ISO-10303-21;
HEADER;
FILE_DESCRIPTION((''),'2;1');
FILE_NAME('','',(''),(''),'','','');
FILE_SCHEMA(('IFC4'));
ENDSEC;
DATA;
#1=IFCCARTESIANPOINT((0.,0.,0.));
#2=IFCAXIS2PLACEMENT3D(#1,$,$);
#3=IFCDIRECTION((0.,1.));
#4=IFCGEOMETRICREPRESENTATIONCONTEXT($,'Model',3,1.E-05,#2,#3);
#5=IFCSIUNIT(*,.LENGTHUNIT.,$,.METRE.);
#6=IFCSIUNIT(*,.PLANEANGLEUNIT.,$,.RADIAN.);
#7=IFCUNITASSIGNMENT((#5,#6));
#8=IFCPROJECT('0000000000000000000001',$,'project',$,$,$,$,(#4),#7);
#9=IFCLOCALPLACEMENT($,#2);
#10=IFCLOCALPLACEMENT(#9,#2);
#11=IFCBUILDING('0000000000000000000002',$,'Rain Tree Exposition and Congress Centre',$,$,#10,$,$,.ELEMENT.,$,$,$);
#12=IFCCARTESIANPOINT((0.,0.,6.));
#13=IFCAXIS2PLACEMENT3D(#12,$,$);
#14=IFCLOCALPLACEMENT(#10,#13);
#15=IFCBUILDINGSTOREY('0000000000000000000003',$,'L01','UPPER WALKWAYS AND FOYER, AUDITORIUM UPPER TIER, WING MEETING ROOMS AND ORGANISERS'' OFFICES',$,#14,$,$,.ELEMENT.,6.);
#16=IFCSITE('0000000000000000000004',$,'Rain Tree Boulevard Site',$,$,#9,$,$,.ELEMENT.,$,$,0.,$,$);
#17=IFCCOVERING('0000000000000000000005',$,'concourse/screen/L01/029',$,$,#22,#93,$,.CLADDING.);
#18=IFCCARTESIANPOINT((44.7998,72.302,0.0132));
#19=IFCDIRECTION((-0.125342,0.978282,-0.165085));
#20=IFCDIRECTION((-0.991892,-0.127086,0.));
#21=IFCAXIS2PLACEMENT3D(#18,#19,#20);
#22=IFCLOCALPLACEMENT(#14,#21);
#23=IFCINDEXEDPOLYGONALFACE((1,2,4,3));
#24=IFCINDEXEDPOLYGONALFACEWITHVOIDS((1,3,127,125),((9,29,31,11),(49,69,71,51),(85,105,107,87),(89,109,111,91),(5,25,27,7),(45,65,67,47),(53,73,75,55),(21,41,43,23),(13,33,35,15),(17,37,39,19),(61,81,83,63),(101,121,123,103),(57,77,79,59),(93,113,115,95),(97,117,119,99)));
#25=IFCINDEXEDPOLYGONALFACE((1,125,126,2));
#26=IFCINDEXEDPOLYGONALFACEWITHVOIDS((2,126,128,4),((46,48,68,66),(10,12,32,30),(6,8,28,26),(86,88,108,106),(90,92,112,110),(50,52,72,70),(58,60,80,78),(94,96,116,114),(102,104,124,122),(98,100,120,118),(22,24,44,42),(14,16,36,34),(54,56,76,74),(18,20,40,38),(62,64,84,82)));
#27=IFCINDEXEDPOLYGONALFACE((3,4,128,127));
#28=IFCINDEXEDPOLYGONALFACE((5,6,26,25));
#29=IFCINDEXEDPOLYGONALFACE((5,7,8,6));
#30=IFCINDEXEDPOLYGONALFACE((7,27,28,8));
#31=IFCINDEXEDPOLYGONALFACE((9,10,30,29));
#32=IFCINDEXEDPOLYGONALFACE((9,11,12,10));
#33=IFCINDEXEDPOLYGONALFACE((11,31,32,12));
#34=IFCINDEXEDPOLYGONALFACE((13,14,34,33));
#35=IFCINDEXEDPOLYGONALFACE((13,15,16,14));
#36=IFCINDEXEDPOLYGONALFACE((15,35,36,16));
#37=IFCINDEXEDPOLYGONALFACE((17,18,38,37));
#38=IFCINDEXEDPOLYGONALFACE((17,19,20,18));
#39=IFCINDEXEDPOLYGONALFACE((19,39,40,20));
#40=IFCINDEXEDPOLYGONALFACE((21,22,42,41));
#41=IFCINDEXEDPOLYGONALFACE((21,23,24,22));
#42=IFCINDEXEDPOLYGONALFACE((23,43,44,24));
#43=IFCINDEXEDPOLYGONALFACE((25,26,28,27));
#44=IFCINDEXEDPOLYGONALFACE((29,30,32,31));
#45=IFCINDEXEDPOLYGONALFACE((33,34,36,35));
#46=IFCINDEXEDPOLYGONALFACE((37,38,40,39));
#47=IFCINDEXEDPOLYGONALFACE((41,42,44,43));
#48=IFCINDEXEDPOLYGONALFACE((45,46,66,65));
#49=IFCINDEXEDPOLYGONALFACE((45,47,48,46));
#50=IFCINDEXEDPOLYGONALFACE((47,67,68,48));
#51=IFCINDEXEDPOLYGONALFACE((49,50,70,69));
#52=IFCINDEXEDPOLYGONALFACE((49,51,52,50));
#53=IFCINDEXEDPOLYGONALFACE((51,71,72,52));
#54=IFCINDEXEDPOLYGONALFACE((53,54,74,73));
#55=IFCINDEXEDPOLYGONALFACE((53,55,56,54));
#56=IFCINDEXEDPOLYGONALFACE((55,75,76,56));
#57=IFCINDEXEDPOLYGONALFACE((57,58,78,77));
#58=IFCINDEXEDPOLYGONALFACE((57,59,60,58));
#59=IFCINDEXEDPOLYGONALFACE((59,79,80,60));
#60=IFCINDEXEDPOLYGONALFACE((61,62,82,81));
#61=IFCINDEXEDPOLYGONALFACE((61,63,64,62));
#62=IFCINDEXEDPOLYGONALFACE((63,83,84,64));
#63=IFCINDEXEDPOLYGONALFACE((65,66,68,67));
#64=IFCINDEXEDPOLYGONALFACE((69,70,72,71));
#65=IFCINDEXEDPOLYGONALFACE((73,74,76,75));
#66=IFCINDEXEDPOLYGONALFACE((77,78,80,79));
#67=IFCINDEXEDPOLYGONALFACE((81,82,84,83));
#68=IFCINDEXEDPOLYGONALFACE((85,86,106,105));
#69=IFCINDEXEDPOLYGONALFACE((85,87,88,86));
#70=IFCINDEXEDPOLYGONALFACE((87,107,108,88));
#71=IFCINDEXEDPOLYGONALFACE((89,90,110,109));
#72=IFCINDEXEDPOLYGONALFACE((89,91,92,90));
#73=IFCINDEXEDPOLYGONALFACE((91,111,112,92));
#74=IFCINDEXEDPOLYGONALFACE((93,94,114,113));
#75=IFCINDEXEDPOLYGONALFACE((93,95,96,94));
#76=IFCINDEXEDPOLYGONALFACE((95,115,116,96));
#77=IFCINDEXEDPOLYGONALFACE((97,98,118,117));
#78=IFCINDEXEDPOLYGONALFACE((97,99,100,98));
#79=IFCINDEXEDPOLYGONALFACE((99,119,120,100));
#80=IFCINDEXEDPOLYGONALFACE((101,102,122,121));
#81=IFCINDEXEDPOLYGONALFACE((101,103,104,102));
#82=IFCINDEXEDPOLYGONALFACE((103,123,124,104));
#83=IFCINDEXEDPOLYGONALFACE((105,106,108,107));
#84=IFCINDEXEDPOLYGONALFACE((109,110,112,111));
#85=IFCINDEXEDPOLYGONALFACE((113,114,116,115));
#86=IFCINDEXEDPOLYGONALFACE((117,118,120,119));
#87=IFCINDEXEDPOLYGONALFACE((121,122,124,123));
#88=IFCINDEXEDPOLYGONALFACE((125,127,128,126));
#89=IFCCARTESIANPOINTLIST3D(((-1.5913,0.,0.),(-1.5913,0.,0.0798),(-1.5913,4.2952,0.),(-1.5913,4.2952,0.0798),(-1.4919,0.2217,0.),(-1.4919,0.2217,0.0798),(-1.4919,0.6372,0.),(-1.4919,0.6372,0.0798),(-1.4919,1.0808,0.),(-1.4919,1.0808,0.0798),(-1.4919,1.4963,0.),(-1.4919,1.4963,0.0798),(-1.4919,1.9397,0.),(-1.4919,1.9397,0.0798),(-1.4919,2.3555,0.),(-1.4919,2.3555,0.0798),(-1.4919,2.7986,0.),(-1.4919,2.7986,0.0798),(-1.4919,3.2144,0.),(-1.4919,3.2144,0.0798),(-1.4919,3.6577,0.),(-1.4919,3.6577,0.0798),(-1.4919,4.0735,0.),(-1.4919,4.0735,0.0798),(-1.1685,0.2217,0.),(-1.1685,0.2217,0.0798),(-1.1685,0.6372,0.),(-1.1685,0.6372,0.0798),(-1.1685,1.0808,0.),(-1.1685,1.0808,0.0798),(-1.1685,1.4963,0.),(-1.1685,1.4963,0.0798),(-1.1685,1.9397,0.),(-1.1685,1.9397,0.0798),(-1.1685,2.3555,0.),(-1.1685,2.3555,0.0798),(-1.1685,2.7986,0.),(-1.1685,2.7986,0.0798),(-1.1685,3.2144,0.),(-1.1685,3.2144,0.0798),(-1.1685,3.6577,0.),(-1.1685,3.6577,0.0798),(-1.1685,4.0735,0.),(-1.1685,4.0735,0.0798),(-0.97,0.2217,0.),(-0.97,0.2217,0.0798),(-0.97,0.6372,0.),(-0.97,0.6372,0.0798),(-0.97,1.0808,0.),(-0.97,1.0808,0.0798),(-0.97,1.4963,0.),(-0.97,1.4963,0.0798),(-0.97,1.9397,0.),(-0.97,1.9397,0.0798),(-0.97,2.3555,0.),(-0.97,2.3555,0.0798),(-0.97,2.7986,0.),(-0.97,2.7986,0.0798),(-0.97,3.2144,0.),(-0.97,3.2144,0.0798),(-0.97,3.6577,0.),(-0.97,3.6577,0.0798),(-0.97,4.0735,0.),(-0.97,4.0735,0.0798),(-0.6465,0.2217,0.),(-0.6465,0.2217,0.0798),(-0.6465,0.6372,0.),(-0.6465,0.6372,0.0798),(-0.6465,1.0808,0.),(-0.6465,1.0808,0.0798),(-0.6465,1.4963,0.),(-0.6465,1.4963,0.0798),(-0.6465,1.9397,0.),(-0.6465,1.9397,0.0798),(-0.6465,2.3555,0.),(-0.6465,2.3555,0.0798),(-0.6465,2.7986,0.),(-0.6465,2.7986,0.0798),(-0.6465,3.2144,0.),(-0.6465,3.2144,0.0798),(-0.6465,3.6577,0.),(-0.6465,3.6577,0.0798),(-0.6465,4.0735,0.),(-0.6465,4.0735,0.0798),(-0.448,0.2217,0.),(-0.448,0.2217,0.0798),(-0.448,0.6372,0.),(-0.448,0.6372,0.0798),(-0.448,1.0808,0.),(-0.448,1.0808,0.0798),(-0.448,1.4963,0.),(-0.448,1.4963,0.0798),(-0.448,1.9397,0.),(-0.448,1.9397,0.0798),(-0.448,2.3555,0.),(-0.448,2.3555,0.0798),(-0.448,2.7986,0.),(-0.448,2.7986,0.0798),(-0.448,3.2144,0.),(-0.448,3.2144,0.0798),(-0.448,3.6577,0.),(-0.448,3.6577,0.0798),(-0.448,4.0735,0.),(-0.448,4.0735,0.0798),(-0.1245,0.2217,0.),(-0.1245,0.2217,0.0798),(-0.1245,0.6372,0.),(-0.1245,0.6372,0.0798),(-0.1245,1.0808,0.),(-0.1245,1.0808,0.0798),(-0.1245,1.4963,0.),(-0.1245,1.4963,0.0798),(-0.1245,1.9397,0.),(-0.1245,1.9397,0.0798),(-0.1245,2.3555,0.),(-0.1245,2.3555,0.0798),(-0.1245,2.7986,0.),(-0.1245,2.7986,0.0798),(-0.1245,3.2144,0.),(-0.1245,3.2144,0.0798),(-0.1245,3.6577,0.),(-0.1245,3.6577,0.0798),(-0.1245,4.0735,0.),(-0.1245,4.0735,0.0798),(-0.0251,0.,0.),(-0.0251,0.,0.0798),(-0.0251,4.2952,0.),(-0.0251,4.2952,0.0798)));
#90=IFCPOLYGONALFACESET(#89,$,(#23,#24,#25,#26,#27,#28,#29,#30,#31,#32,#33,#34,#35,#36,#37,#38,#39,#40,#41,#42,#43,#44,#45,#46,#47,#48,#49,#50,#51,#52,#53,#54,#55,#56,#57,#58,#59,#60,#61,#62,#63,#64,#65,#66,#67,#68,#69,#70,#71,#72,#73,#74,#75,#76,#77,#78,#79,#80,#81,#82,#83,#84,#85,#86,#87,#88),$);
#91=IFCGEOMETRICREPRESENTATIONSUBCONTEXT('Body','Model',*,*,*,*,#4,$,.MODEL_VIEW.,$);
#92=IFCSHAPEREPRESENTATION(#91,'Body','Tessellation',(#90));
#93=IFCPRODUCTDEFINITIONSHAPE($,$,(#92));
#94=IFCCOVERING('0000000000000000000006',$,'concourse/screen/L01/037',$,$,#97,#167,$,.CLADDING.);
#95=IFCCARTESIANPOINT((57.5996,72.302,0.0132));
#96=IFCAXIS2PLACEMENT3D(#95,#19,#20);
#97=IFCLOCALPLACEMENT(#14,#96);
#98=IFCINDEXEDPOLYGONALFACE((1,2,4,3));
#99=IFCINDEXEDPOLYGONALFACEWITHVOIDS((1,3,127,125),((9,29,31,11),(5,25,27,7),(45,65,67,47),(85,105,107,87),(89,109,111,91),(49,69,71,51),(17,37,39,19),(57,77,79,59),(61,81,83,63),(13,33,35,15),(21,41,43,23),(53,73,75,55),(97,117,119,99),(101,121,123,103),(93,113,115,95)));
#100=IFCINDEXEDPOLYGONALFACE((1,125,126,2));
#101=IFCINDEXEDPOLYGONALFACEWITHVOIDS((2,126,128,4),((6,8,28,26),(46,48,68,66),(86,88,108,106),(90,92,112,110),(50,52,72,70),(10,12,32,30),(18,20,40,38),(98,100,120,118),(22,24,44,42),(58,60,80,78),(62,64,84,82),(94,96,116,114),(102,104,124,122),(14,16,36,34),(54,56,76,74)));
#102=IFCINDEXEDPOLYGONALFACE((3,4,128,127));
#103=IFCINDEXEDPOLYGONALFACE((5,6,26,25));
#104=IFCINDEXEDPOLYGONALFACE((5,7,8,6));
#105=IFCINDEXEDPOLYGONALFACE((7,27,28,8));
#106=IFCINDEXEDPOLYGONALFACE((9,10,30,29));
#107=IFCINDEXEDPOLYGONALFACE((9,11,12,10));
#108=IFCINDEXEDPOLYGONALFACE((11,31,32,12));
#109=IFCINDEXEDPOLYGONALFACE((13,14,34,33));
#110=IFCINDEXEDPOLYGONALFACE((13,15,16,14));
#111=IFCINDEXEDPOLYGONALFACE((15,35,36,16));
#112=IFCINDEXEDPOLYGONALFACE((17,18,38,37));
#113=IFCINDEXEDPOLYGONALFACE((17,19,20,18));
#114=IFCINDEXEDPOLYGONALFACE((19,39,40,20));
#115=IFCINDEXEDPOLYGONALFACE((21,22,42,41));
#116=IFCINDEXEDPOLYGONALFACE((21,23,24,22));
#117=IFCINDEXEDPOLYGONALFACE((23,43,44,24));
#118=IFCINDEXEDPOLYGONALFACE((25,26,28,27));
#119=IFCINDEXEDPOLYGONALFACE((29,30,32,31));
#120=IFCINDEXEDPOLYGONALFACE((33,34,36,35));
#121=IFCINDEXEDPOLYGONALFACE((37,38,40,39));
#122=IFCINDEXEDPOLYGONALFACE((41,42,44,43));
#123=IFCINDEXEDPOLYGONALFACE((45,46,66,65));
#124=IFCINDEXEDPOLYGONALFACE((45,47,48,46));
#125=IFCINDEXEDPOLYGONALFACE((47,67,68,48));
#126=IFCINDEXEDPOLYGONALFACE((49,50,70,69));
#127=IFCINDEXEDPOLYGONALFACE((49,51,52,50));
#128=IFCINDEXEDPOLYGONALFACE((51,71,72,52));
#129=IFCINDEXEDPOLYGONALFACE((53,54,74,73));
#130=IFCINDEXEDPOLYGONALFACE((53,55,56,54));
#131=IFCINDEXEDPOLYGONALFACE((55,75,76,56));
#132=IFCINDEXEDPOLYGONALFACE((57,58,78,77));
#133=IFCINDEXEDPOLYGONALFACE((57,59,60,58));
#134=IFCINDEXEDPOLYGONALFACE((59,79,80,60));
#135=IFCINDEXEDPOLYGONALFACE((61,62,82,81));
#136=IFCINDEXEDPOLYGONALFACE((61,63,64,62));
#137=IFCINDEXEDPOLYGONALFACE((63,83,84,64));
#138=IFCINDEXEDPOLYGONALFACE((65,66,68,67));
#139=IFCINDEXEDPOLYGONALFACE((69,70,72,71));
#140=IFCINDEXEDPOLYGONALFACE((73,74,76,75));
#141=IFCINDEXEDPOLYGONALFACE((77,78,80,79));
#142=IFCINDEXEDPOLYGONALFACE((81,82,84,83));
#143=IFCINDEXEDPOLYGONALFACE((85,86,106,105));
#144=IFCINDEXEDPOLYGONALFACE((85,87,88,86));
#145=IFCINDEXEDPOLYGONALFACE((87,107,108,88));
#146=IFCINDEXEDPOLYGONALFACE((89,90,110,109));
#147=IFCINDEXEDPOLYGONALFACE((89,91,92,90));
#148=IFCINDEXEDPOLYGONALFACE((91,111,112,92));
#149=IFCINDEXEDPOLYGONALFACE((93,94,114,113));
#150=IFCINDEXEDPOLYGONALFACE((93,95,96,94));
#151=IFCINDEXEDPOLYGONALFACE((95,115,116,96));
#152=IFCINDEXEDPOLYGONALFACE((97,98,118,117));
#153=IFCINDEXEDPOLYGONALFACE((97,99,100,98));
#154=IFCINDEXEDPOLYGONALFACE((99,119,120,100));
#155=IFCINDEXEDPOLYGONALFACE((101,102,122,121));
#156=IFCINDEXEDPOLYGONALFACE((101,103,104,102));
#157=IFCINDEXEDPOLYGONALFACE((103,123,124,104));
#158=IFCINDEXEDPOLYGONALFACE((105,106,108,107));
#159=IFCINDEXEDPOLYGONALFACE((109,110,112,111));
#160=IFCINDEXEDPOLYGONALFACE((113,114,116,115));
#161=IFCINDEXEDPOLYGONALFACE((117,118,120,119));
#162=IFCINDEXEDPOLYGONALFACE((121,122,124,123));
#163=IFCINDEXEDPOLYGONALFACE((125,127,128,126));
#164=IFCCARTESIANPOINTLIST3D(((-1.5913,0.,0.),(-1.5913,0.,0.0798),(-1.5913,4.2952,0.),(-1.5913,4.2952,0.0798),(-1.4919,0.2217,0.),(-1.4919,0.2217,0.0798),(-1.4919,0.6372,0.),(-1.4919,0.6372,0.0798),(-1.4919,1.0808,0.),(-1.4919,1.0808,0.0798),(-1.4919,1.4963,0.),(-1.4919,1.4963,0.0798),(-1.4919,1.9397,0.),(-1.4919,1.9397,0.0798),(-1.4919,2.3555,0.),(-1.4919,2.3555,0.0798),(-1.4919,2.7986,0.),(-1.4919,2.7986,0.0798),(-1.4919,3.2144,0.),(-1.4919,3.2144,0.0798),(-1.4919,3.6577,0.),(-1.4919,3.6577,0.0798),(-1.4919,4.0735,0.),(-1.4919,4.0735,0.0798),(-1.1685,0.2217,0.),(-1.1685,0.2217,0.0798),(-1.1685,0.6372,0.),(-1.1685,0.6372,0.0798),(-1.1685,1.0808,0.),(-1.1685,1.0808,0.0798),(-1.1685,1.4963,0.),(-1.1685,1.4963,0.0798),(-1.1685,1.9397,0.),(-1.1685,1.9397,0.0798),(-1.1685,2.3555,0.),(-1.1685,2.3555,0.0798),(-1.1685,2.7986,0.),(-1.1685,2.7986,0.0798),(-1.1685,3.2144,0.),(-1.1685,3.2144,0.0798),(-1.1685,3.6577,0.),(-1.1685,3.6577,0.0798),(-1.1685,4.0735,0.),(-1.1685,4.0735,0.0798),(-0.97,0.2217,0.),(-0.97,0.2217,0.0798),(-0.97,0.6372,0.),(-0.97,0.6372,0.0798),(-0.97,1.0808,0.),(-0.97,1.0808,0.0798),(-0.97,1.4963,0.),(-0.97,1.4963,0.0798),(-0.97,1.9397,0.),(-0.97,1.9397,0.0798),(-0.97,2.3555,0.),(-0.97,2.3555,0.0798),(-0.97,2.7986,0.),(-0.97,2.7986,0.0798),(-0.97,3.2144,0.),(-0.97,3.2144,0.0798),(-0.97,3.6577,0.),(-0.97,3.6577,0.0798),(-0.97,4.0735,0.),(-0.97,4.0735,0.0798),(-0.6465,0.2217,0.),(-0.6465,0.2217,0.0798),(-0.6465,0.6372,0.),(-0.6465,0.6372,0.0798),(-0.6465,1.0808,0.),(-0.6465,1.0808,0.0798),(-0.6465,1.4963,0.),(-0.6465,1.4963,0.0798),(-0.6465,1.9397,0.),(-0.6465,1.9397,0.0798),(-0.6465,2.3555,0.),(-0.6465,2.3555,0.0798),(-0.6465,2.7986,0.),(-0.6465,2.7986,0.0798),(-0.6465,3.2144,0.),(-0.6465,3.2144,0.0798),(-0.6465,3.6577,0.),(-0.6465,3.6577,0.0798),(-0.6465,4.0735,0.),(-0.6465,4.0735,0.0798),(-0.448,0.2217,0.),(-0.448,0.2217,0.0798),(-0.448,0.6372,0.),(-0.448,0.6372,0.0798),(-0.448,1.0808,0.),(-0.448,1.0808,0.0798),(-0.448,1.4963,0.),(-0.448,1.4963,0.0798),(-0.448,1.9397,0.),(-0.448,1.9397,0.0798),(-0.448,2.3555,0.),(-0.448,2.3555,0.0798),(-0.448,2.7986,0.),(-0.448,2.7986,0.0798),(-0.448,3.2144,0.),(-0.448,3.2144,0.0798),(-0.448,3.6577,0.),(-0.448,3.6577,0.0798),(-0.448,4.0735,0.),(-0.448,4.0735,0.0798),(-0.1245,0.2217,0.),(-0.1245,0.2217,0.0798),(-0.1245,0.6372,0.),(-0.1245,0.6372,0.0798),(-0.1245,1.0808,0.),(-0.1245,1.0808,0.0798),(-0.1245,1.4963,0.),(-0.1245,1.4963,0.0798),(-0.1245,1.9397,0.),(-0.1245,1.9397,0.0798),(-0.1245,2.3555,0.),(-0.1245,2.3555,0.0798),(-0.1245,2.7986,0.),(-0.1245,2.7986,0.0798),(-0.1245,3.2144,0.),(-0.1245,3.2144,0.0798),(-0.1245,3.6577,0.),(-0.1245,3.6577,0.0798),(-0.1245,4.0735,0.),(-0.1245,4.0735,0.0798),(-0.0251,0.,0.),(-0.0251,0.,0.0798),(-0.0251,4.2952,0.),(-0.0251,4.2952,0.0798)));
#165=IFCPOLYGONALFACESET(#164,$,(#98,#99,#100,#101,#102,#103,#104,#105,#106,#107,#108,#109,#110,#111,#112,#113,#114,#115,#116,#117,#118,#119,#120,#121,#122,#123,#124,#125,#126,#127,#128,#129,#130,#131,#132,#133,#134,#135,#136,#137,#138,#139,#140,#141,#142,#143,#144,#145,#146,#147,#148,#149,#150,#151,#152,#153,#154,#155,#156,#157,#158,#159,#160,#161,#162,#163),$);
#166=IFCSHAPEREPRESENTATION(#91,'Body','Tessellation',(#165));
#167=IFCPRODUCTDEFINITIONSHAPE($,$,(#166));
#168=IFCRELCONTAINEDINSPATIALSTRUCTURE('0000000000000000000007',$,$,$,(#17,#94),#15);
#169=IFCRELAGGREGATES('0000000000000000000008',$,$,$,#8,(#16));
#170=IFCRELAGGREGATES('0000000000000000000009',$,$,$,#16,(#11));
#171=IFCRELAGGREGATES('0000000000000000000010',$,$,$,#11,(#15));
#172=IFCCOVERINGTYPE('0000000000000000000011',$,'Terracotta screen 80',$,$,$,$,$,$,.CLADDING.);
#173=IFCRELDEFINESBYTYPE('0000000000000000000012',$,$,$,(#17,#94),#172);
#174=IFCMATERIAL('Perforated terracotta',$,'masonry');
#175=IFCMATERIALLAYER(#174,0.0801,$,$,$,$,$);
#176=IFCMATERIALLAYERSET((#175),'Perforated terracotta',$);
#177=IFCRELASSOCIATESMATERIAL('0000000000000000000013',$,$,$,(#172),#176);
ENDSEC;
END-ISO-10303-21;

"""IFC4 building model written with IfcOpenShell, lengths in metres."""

from ifc_helpers import new_model, si_unit, direction, frame, origin, place, context, subcontext, project, spatial, polyline, outline, extrude, material, layer, layer_set, type_object, element, save


model = new_model("IFC4")

# Units and contexts
model_context = context("Model", 3, precision=1e-05, world=origin(), true_north=direction((0.0, 1.0)))
body_context = subcontext(model_context, "Body", "Model", "MODEL_VIEW")
ifc_project = project(units=[si_unit("LENGTHUNIT", "METRE"), si_unit("PLANEANGLEUNIT", "RADIAN")], contexts=[model_context])

# Site, building, storey
site_placement = place(None, origin())
site = spatial("IfcSite", under=ifc_project, at=site_placement, Name="Rain Tree Boulevard Site", CompositionType="ELEMENT", RefElevation=0.0)
building_placement = place(site_placement, origin())
building = spatial("IfcBuilding", under=site, at=building_placement, Name="Rain Tree Exposition and Congress Centre", CompositionType="ELEMENT")
storey_placement = place(building_placement, frame((0.0, 0.0, 6.0)))
storey = spatial("IfcBuildingStorey", under=building, at=storey_placement, Name="L01", Description="UPPER WALKWAYS AND FOYER, AUDITORIUM UPPER TIER, WING MEETING ROOMS AND ORGANISERS' OFFICES", CompositionType="ELEMENT", Elevation=6.0)

# Coverings
ifc_material_1 = material(Name="Perforated terracotta", Category="masonry")
ifc_layer_1 = layer(ifc_material_1, 0.0801)
ifc_layer_set_1 = layer_set([ifc_layer_1], Name="Perforated terracotta")
covering_type = type_object("IfcCoveringType", Name="Terracotta screen 80", PredefinedType="CLADDING", material=ifc_layer_set_1)
covering_1_placement = place(storey_placement, frame((44.7998, 72.302, 0.0132), z_axis=(-0.125342, 0.978282, -0.165085), x_axis=(-0.991892, -0.127086, 0.0)))
element("IfcCovering", 1, at=covering_1_placement, inside=storey, type_object=covering_type, Name="concourse/screen/L01/029", PredefinedType="CLADDING", context=body_context, shape_type="SweptSolid", body=[
    extrude(outline(polyline([(-1.5913, 0.0), (-1.5913, 4.2952), (-0.0251, 4.2952), (-0.0251, 0.0), (-1.5913, 0.0)]), holes=[polyline([(-0.1245, 0.2217), (-0.1245, 0.6372), (-0.448, 0.6372), (-0.448, 0.2217), (-0.1245, 0.2217)]), polyline([(-0.1245, 1.0808), (-0.1245, 1.4963), (-0.448, 1.4963), (-0.448, 1.0808), (-0.1245, 1.0808)]), polyline([(-0.1245, 1.9397), (-0.1245, 2.3555), (-0.448, 2.3555), (-0.448, 1.9397), (-0.1245, 1.9397)]), polyline([(-0.1245, 2.7986), (-0.1245, 3.2144), (-0.448, 3.2144), (-0.448, 2.7986), (-0.1245, 2.7986)]), polyline([(-0.1245, 3.6577), (-0.1245, 4.0735), (-0.448, 4.0735), (-0.448, 3.6577), (-0.1245, 3.6577)]), polyline([(-0.6465, 0.2217), (-0.6465, 0.6372), (-0.97, 0.6372), (-0.97, 0.2217), (-0.6465, 0.2217)]), polyline([(-0.6465, 1.0808), (-0.6465, 1.4963), (-0.97, 1.4963), (-0.97, 1.0808), (-0.6465, 1.0808)]), polyline([(-0.6465, 1.9397), (-0.6465, 2.3555), (-0.97, 2.3555), (-0.97, 1.9397), (-0.6465, 1.9397)]), polyline([(-0.6465, 2.7986), (-0.6465, 3.2144), (-0.97, 3.2144), (-0.97, 2.7986), (-0.6465, 2.7986)]), polyline([(-0.6465, 3.6577), (-0.6465, 4.0735), (-0.97, 4.0735), (-0.97, 3.6577), (-0.6465, 3.6577)]), polyline([(-1.1685, 0.2217), (-1.1685, 0.6372), (-1.4919, 0.6372), (-1.4919, 0.2217), (-1.1685, 0.2217)]), polyline([(-1.1685, 1.0808), (-1.1685, 1.4963), (-1.4919, 1.4963), (-1.4919, 1.0808), (-1.1685, 1.0808)]), polyline([(-1.1685, 1.9397), (-1.1685, 2.3555), (-1.4919, 2.3555), (-1.4919, 1.9397), (-1.1685, 1.9397)]), polyline([(-1.1685, 2.7986), (-1.1685, 3.2144), (-1.4919, 3.2144), (-1.4919, 2.7986), (-1.1685, 2.7986)]), polyline([(-1.1685, 3.6577), (-1.1685, 4.0735), (-1.4919, 4.0735), (-1.4919, 3.6577), (-1.1685, 3.6577)])]), origin(), (0.0, 0.0, 1.0), 0.0798),
])
covering_2_placement = place(storey_placement, frame((57.5996, 72.302, 0.0132), z_axis=(-0.125342, 0.978282, -0.165085), x_axis=(-0.991892, -0.127086, 0.0)))
element("IfcCovering", 2, at=covering_2_placement, inside=storey, type_object=covering_type, Name="concourse/screen/L01/037", PredefinedType="CLADDING", context=body_context, shape_type="SweptSolid", body=[
    extrude(outline(polyline([(-1.5913, 0.0), (-1.5913, 4.2952), (-0.0251, 4.2952), (-0.0251, 0.0), (-1.5913, 0.0)]), holes=[polyline([(-0.1245, 0.2217), (-0.1245, 0.6372), (-0.448, 0.6372), (-0.448, 0.2217), (-0.1245, 0.2217)]), polyline([(-0.1245, 1.0808), (-0.1245, 1.4963), (-0.448, 1.4963), (-0.448, 1.0808), (-0.1245, 1.0808)]), polyline([(-0.1245, 1.9397), (-0.1245, 2.3555), (-0.448, 2.3555), (-0.448, 1.9397), (-0.1245, 1.9397)]), polyline([(-0.1245, 2.7986), (-0.1245, 3.2144), (-0.448, 3.2144), (-0.448, 2.7986), (-0.1245, 2.7986)]), polyline([(-0.1245, 3.6577), (-0.1245, 4.0735), (-0.448, 4.0735), (-0.448, 3.6577), (-0.1245, 3.6577)]), polyline([(-0.6465, 0.2217), (-0.6465, 0.6372), (-0.97, 0.6372), (-0.97, 0.2217), (-0.6465, 0.2217)]), polyline([(-0.6465, 1.0808), (-0.6465, 1.4963), (-0.97, 1.4963), (-0.97, 1.0808), (-0.6465, 1.0808)]), polyline([(-0.6465, 1.9397), (-0.6465, 2.3555), (-0.97, 2.3555), (-0.97, 1.9397), (-0.6465, 1.9397)]), polyline([(-0.6465, 2.7986), (-0.6465, 3.2144), (-0.97, 3.2144), (-0.97, 2.7986), (-0.6465, 2.7986)]), polyline([(-0.6465, 3.6577), (-0.6465, 4.0735), (-0.97, 4.0735), (-0.97, 3.6577), (-0.6465, 3.6577)]), polyline([(-1.1685, 0.2217), (-1.1685, 0.6372), (-1.4919, 0.6372), (-1.4919, 0.2217), (-1.1685, 0.2217)]), polyline([(-1.1685, 1.0808), (-1.1685, 1.4963), (-1.4919, 1.4963), (-1.4919, 1.0808), (-1.1685, 1.0808)]), polyline([(-1.1685, 1.9397), (-1.1685, 2.3555), (-1.4919, 2.3555), (-1.4919, 1.9397), (-1.1685, 1.9397)]), polyline([(-1.1685, 2.7986), (-1.1685, 3.2144), (-1.4919, 3.2144), (-1.4919, 2.7986), (-1.1685, 2.7986)]), polyline([(-1.1685, 3.6577), (-1.1685, 4.0735), (-1.4919, 4.0735), (-1.4919, 3.6577), (-1.1685, 3.6577)])]), origin(), (0.0, 0.0, 1.0), 0.0798),
])

save(model, "model.ifc")
